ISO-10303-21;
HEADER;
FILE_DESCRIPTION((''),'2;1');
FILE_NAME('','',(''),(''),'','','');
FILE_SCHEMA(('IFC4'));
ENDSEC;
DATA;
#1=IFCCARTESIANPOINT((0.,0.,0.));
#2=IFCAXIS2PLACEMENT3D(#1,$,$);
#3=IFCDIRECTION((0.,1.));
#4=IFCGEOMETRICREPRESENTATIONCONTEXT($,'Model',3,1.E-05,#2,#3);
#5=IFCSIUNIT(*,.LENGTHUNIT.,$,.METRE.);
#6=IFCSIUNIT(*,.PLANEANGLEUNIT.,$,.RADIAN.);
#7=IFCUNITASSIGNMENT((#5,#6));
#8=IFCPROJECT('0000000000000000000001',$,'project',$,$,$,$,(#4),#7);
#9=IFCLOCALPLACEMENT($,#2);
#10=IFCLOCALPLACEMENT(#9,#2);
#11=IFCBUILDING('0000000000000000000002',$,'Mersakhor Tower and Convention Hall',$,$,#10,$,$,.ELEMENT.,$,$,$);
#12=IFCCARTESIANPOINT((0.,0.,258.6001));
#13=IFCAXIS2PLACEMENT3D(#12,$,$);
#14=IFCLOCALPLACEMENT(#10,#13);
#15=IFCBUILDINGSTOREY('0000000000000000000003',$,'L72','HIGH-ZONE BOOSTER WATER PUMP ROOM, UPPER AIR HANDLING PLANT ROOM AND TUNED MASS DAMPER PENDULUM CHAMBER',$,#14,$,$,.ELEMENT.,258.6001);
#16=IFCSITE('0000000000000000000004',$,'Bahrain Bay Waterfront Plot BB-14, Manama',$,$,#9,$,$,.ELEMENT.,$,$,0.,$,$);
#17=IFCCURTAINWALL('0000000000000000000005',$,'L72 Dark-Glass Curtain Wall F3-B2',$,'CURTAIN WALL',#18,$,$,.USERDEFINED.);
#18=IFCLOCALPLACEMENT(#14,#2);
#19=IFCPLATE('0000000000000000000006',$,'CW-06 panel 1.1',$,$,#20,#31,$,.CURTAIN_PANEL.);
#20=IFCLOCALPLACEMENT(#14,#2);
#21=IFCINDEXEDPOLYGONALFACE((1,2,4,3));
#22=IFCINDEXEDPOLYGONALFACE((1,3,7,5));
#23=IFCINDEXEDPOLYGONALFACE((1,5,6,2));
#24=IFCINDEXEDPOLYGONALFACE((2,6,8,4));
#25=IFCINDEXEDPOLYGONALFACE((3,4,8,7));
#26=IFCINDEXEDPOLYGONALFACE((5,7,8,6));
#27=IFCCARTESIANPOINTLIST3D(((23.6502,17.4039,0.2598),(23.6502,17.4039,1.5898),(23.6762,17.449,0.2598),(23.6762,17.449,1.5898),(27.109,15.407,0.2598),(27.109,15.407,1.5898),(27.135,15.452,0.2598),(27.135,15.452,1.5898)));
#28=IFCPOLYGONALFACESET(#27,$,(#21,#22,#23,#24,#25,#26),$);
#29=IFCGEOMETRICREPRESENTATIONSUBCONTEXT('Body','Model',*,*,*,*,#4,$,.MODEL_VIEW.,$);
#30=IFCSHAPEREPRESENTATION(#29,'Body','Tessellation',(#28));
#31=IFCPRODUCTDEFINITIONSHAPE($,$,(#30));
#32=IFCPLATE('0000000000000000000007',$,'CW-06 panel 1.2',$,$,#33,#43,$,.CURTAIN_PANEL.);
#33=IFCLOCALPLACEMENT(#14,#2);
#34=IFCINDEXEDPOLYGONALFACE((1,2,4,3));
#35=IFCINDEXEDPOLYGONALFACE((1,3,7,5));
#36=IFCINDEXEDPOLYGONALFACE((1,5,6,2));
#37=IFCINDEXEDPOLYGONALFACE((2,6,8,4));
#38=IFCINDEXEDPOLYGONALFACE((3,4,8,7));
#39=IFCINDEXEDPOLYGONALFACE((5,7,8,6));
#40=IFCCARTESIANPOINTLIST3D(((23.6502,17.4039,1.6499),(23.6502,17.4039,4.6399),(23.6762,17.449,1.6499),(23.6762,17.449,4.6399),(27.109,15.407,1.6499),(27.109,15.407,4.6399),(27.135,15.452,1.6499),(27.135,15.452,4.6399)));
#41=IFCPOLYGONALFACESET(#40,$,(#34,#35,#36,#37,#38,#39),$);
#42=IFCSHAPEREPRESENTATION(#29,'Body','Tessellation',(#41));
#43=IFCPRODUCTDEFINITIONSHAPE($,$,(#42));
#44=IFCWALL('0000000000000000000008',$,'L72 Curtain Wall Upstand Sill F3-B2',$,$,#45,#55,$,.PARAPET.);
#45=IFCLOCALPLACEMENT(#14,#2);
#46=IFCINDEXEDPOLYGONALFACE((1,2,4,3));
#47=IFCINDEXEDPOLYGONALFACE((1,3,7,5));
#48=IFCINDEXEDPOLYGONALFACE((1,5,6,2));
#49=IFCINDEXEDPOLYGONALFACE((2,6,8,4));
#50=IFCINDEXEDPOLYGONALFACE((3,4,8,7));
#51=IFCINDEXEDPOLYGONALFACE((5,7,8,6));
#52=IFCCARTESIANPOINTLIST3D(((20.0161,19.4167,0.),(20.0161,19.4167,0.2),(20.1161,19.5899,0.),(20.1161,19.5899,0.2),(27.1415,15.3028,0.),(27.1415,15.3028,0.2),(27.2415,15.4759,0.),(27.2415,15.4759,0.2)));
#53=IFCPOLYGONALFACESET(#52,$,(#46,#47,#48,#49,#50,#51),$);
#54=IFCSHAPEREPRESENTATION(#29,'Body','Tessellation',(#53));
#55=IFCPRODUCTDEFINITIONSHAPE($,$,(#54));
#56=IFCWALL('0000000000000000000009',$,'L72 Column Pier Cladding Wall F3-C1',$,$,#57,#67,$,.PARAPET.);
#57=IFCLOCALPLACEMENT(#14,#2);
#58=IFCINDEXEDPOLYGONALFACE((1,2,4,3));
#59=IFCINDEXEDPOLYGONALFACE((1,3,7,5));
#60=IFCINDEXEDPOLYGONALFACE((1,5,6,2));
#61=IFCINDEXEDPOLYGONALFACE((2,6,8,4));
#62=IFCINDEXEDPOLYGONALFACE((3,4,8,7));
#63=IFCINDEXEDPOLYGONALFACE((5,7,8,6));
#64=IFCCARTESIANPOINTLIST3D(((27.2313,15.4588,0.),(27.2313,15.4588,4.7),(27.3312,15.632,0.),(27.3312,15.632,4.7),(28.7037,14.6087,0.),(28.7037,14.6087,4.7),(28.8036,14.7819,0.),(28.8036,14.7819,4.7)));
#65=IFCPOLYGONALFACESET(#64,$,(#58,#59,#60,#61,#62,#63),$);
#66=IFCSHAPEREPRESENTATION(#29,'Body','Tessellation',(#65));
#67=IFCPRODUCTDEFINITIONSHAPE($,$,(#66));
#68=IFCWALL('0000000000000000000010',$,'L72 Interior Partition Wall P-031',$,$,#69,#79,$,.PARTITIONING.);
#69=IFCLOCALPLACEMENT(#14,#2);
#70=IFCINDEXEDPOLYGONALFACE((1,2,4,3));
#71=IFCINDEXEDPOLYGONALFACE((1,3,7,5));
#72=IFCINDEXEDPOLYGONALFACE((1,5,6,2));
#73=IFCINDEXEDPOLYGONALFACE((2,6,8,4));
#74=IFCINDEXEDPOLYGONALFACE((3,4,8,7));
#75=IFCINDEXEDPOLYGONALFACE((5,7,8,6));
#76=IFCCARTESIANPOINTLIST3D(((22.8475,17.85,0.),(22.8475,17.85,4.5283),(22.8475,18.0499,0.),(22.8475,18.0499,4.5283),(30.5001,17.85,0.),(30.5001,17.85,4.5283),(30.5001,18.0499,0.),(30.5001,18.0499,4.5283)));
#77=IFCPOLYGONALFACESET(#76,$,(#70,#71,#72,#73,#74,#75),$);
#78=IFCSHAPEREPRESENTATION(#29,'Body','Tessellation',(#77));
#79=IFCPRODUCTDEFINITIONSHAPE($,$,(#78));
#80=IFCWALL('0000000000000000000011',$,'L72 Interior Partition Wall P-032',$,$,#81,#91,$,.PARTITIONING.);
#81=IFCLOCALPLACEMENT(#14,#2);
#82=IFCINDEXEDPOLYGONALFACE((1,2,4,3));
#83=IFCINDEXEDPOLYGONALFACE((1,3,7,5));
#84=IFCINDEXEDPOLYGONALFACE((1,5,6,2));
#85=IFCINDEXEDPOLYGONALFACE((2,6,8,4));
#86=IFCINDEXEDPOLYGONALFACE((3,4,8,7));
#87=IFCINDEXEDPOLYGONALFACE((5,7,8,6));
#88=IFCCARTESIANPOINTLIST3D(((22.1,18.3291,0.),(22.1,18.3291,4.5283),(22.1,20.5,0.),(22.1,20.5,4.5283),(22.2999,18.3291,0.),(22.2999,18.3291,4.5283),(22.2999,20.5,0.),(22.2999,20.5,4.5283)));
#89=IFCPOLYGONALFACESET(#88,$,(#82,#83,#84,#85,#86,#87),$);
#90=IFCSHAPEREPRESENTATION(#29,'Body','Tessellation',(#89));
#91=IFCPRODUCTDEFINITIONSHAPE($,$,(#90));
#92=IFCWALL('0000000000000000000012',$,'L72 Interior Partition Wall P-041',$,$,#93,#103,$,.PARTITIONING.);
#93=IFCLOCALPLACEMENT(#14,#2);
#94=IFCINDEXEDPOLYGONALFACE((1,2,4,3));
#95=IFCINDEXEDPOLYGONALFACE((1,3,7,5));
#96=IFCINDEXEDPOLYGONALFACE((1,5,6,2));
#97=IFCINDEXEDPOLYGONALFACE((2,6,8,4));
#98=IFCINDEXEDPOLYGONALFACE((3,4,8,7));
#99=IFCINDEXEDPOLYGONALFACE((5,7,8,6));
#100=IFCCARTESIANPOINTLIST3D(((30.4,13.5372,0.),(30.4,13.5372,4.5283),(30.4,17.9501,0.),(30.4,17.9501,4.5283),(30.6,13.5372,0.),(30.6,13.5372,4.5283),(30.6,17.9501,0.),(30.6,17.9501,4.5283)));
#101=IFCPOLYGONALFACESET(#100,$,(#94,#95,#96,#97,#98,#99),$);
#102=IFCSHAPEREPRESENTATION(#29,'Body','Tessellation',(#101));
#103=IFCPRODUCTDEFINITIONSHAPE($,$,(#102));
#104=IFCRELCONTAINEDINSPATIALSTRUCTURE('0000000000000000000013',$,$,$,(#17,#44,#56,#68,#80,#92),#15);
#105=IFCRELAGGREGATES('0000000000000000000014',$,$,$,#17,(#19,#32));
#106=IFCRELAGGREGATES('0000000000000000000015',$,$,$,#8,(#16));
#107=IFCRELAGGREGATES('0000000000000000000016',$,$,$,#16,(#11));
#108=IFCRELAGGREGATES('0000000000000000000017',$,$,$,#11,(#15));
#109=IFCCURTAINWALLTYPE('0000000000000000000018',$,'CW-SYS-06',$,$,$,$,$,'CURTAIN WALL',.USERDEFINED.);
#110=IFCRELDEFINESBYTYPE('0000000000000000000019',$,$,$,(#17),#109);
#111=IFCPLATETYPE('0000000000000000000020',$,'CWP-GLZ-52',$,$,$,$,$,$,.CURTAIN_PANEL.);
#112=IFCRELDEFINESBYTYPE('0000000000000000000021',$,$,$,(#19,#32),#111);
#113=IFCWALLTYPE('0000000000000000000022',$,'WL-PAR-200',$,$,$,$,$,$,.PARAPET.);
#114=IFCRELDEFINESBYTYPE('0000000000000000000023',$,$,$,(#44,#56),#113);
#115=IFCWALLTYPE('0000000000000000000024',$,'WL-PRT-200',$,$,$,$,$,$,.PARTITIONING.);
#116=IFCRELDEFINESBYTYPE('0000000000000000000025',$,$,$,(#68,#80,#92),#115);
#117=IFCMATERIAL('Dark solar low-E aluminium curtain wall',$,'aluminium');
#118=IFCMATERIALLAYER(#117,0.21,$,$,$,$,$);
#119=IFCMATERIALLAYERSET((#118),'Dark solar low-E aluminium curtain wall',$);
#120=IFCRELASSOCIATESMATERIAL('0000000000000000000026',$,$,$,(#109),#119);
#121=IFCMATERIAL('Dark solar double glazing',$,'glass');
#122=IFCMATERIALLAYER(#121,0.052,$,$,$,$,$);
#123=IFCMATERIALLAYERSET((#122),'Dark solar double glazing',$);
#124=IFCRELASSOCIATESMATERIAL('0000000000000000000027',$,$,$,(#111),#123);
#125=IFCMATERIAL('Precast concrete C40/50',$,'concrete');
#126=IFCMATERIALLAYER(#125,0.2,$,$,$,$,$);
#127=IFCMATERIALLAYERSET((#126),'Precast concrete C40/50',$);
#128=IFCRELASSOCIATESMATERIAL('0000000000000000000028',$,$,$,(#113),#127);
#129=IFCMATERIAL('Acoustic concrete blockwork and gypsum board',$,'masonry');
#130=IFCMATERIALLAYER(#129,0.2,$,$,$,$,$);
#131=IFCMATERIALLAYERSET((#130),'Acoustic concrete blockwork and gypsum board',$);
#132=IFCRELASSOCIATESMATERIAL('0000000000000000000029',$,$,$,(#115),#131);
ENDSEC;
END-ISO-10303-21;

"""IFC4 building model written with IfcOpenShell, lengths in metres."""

from ifc_helpers import new_model, si_unit, direction, frame, frame_2d, origin, origin_2d, place, context, subcontext, project, spatial, rectangle, extrude, material, layer, layer_set, type_object, element, aggregate, save


model = new_model("IFC4")

# Units and contexts
model_context = context("Model", 3, precision=1e-05, world=origin(), true_north=direction((0.0, 1.0)))
body_context = subcontext(model_context, "Body", "Model", "MODEL_VIEW")
ifc_project = project(units=[si_unit("LENGTHUNIT", "METRE"), si_unit("PLANEANGLEUNIT", "RADIAN")], contexts=[model_context])

# Site, building, storey
site_placement = place(None, origin())
site = spatial("IfcSite", under=ifc_project, at=site_placement, Name="Bahrain Bay Waterfront Plot BB-14, Manama", CompositionType="ELEMENT", RefElevation=0.0)
building_placement = place(site_placement, origin())
building = spatial("IfcBuilding", under=site, at=building_placement, Name="Mersakhor Tower and Convention Hall", CompositionType="ELEMENT")
storey_placement = place(building_placement, frame((0.0, 0.0, 258.6001)))
storey = spatial("IfcBuildingStorey", under=building, at=storey_placement, Name="L72", Description="HIGH-ZONE BOOSTER WATER PUMP ROOM, UPPER AIR HANDLING PLANT ROOM AND TUNED MASS DAMPER PENDULUM CHAMBER", CompositionType="ELEMENT", Elevation=258.6001)

# Shared definitions
ifc_material_1 = material(Name="Dark solar low-E aluminium curtain wall", Category="aluminium")
ifc_layer_1 = layer(ifc_material_1, 0.21)
ifc_layer_set_1 = layer_set([ifc_layer_1], Name="Dark solar low-E aluminium curtain wall")
curtain_wall_type = type_object("IfcCurtainWallType", Name="CW-SYS-06", ElementType="CURTAIN WALL", PredefinedType="USERDEFINED", material=ifc_layer_set_1)

# Curtain wall
curtain_wall_1_placement = place(storey_placement, origin())
curtain_wall_1 = element("IfcCurtainWall", 1, at=curtain_wall_1_placement, inside=storey, type_object=curtain_wall_type, Name="L72 Dark-Glass Curtain Wall F3-B2", ObjectType="CURTAIN WALL", PredefinedType="USERDEFINED")

# Plates
ifc_material_2 = material(Name="Dark solar double glazing", Category="glass")
ifc_layer_2 = layer(ifc_material_2, 0.052)
ifc_layer_set_2 = layer_set([ifc_layer_2], Name="Dark solar double glazing")
plate_type = type_object("IfcPlateType", Name="CWP-GLZ-52", PredefinedType="CURTAIN_PANEL", material=ifc_layer_set_2)
plate_1_placement = place(storey_placement, frame((25.3926, 16.428, 0.2598), z_axis=(0.0, 0.0, 1.0), x_axis=(-0.866023, 0.500004, 0.0)))
plate_1 = element("IfcPlate", 2, at=plate_1_placement, type_object=plate_type, Name="CW-06 panel 1.1", PredefinedType="CURTAIN_PANEL", context=body_context, shape_type="SweptSolid", body=[
    extrude(rectangle(XDim=3.9939, YDim=0.052, at=origin_2d()), origin(), (0.0, 0.0, 1.0), 1.3301),
])
plate_2_placement = place(storey_placement, frame((25.3926, 16.428, 1.6499), z_axis=(0.0, 0.0, 1.0), x_axis=(-0.866023, 0.500004, 0.0)))
plate_2 = element("IfcPlate", 3, at=plate_2_placement, type_object=plate_type, Name="CW-06 panel 1.2", PredefinedType="CURTAIN_PANEL", context=body_context, shape_type="SweptSolid", body=[
    extrude(rectangle(XDim=3.9939, YDim=0.052, at=origin_2d()), origin(), (0.0, 0.0, 1.0), 2.99),
])
aggregate(curtain_wall_1, [plate_1, plate_2])

# Walls
ifc_material_3 = material(Name="Precast concrete C40/50", Category="concrete")
ifc_layer_3 = layer(ifc_material_3, 0.2)
ifc_layer_set_3 = layer_set([ifc_layer_3], Name="Precast concrete C40/50")
wall_type_1 = type_object("IfcWallType", Name="WL-PAR-200", PredefinedType="PARAPET", material=ifc_layer_set_3)
wall_1_placement = place(storey_placement, frame((27.1914, 15.3894, 0.0), z_axis=(0.0, 0.0, 1.0), x_axis=(-0.86602, 0.50001, 0.0)))
element("IfcWall", 4, at=wall_1_placement, inside=storey, type_object=wall_type_1, Name="L72 Curtain Wall Upstand Sill F3-B2", PredefinedType="PARAPET", context=body_context, shape_type="SweptSolid", body=[
    extrude(rectangle(XDim=8.2278, YDim=0.2, at=frame_2d((4.1138, 0.0))), origin(), (0.0, 0.0, 1.0), 0.2),
])
wall_2_placement = place(storey_placement, frame((28.7537, 14.6953, 0.0), z_axis=(0.0, 0.0, 1.0), x_axis=(-0.866025, 0.5, 0.0)))
element("IfcWall", 5, at=wall_2_placement, inside=storey, type_object=wall_type_1, Name="L72 Column Pier Cladding Wall F3-C1", PredefinedType="PARAPET", context=body_context, shape_type="SweptSolid", body=[
    extrude(rectangle(XDim=1.7002, YDim=0.2, at=frame_2d((0.8501, 0.0))), origin(), (0.0, 0.0, 1.0), 4.7),
])
ifc_material_4 = material(Name="Acoustic concrete blockwork and gypsum board", Category="masonry")
ifc_layer_4 = layer(ifc_material_4, 0.2)
ifc_layer_set_4 = layer_set([ifc_layer_4], Name="Acoustic concrete blockwork and gypsum board")
wall_type_2 = type_object("IfcWallType", Name="WL-PRT-200", PredefinedType="PARTITIONING", material=ifc_layer_set_4)
wall_3_placement = place(storey_placement, frame((30.5, 17.95, 0.0), z_axis=(0.0, 0.0, 1.0), x_axis=(-1.0, 0.0, 0.0)))
element("IfcWall", 6, at=wall_3_placement, inside=storey, type_object=wall_type_2, Name="L72 Interior Partition Wall P-031", PredefinedType="PARTITIONING", context=body_context, shape_type="SweptSolid", body=[
    extrude(rectangle(XDim=7.6526, YDim=0.2, at=frame_2d((3.8262, 0.0))), origin(), (0.0, 0.0, 1.0), 4.5283),
])
wall_4_placement = place(storey_placement, frame((22.2, 18.3291, 0.0), z_axis=(0.0, 0.0, 1.0), x_axis=(0.0, 1.0, 0.0)))
element("IfcWall", 7, at=wall_4_placement, inside=storey, type_object=wall_type_2, Name="L72 Interior Partition Wall P-032", PredefinedType="PARTITIONING", context=body_context, shape_type="SweptSolid", body=[
    extrude(rectangle(XDim=2.1709, YDim=0.2, at=frame_2d((1.0854, 0.0))), origin(), (0.0, 0.0, 1.0), 4.5283),
])
wall_5_placement = place(storey_placement, frame((30.5, 13.5371, 0.0), z_axis=(0.0, 0.0, 1.0), x_axis=(0.0, 1.0, 0.0)))
element("IfcWall", 8, at=wall_5_placement, inside=storey, type_object=wall_type_2, Name="L72 Interior Partition Wall P-041", PredefinedType="PARTITIONING", context=body_context, shape_type="SweptSolid", body=[
    extrude(rectangle(XDim=4.4128, YDim=0.2, at=frame_2d((2.2065, 0.0))), origin(), (0.0, 0.0, 1.0), 4.5283),
])

save(model, "model.ifc")
